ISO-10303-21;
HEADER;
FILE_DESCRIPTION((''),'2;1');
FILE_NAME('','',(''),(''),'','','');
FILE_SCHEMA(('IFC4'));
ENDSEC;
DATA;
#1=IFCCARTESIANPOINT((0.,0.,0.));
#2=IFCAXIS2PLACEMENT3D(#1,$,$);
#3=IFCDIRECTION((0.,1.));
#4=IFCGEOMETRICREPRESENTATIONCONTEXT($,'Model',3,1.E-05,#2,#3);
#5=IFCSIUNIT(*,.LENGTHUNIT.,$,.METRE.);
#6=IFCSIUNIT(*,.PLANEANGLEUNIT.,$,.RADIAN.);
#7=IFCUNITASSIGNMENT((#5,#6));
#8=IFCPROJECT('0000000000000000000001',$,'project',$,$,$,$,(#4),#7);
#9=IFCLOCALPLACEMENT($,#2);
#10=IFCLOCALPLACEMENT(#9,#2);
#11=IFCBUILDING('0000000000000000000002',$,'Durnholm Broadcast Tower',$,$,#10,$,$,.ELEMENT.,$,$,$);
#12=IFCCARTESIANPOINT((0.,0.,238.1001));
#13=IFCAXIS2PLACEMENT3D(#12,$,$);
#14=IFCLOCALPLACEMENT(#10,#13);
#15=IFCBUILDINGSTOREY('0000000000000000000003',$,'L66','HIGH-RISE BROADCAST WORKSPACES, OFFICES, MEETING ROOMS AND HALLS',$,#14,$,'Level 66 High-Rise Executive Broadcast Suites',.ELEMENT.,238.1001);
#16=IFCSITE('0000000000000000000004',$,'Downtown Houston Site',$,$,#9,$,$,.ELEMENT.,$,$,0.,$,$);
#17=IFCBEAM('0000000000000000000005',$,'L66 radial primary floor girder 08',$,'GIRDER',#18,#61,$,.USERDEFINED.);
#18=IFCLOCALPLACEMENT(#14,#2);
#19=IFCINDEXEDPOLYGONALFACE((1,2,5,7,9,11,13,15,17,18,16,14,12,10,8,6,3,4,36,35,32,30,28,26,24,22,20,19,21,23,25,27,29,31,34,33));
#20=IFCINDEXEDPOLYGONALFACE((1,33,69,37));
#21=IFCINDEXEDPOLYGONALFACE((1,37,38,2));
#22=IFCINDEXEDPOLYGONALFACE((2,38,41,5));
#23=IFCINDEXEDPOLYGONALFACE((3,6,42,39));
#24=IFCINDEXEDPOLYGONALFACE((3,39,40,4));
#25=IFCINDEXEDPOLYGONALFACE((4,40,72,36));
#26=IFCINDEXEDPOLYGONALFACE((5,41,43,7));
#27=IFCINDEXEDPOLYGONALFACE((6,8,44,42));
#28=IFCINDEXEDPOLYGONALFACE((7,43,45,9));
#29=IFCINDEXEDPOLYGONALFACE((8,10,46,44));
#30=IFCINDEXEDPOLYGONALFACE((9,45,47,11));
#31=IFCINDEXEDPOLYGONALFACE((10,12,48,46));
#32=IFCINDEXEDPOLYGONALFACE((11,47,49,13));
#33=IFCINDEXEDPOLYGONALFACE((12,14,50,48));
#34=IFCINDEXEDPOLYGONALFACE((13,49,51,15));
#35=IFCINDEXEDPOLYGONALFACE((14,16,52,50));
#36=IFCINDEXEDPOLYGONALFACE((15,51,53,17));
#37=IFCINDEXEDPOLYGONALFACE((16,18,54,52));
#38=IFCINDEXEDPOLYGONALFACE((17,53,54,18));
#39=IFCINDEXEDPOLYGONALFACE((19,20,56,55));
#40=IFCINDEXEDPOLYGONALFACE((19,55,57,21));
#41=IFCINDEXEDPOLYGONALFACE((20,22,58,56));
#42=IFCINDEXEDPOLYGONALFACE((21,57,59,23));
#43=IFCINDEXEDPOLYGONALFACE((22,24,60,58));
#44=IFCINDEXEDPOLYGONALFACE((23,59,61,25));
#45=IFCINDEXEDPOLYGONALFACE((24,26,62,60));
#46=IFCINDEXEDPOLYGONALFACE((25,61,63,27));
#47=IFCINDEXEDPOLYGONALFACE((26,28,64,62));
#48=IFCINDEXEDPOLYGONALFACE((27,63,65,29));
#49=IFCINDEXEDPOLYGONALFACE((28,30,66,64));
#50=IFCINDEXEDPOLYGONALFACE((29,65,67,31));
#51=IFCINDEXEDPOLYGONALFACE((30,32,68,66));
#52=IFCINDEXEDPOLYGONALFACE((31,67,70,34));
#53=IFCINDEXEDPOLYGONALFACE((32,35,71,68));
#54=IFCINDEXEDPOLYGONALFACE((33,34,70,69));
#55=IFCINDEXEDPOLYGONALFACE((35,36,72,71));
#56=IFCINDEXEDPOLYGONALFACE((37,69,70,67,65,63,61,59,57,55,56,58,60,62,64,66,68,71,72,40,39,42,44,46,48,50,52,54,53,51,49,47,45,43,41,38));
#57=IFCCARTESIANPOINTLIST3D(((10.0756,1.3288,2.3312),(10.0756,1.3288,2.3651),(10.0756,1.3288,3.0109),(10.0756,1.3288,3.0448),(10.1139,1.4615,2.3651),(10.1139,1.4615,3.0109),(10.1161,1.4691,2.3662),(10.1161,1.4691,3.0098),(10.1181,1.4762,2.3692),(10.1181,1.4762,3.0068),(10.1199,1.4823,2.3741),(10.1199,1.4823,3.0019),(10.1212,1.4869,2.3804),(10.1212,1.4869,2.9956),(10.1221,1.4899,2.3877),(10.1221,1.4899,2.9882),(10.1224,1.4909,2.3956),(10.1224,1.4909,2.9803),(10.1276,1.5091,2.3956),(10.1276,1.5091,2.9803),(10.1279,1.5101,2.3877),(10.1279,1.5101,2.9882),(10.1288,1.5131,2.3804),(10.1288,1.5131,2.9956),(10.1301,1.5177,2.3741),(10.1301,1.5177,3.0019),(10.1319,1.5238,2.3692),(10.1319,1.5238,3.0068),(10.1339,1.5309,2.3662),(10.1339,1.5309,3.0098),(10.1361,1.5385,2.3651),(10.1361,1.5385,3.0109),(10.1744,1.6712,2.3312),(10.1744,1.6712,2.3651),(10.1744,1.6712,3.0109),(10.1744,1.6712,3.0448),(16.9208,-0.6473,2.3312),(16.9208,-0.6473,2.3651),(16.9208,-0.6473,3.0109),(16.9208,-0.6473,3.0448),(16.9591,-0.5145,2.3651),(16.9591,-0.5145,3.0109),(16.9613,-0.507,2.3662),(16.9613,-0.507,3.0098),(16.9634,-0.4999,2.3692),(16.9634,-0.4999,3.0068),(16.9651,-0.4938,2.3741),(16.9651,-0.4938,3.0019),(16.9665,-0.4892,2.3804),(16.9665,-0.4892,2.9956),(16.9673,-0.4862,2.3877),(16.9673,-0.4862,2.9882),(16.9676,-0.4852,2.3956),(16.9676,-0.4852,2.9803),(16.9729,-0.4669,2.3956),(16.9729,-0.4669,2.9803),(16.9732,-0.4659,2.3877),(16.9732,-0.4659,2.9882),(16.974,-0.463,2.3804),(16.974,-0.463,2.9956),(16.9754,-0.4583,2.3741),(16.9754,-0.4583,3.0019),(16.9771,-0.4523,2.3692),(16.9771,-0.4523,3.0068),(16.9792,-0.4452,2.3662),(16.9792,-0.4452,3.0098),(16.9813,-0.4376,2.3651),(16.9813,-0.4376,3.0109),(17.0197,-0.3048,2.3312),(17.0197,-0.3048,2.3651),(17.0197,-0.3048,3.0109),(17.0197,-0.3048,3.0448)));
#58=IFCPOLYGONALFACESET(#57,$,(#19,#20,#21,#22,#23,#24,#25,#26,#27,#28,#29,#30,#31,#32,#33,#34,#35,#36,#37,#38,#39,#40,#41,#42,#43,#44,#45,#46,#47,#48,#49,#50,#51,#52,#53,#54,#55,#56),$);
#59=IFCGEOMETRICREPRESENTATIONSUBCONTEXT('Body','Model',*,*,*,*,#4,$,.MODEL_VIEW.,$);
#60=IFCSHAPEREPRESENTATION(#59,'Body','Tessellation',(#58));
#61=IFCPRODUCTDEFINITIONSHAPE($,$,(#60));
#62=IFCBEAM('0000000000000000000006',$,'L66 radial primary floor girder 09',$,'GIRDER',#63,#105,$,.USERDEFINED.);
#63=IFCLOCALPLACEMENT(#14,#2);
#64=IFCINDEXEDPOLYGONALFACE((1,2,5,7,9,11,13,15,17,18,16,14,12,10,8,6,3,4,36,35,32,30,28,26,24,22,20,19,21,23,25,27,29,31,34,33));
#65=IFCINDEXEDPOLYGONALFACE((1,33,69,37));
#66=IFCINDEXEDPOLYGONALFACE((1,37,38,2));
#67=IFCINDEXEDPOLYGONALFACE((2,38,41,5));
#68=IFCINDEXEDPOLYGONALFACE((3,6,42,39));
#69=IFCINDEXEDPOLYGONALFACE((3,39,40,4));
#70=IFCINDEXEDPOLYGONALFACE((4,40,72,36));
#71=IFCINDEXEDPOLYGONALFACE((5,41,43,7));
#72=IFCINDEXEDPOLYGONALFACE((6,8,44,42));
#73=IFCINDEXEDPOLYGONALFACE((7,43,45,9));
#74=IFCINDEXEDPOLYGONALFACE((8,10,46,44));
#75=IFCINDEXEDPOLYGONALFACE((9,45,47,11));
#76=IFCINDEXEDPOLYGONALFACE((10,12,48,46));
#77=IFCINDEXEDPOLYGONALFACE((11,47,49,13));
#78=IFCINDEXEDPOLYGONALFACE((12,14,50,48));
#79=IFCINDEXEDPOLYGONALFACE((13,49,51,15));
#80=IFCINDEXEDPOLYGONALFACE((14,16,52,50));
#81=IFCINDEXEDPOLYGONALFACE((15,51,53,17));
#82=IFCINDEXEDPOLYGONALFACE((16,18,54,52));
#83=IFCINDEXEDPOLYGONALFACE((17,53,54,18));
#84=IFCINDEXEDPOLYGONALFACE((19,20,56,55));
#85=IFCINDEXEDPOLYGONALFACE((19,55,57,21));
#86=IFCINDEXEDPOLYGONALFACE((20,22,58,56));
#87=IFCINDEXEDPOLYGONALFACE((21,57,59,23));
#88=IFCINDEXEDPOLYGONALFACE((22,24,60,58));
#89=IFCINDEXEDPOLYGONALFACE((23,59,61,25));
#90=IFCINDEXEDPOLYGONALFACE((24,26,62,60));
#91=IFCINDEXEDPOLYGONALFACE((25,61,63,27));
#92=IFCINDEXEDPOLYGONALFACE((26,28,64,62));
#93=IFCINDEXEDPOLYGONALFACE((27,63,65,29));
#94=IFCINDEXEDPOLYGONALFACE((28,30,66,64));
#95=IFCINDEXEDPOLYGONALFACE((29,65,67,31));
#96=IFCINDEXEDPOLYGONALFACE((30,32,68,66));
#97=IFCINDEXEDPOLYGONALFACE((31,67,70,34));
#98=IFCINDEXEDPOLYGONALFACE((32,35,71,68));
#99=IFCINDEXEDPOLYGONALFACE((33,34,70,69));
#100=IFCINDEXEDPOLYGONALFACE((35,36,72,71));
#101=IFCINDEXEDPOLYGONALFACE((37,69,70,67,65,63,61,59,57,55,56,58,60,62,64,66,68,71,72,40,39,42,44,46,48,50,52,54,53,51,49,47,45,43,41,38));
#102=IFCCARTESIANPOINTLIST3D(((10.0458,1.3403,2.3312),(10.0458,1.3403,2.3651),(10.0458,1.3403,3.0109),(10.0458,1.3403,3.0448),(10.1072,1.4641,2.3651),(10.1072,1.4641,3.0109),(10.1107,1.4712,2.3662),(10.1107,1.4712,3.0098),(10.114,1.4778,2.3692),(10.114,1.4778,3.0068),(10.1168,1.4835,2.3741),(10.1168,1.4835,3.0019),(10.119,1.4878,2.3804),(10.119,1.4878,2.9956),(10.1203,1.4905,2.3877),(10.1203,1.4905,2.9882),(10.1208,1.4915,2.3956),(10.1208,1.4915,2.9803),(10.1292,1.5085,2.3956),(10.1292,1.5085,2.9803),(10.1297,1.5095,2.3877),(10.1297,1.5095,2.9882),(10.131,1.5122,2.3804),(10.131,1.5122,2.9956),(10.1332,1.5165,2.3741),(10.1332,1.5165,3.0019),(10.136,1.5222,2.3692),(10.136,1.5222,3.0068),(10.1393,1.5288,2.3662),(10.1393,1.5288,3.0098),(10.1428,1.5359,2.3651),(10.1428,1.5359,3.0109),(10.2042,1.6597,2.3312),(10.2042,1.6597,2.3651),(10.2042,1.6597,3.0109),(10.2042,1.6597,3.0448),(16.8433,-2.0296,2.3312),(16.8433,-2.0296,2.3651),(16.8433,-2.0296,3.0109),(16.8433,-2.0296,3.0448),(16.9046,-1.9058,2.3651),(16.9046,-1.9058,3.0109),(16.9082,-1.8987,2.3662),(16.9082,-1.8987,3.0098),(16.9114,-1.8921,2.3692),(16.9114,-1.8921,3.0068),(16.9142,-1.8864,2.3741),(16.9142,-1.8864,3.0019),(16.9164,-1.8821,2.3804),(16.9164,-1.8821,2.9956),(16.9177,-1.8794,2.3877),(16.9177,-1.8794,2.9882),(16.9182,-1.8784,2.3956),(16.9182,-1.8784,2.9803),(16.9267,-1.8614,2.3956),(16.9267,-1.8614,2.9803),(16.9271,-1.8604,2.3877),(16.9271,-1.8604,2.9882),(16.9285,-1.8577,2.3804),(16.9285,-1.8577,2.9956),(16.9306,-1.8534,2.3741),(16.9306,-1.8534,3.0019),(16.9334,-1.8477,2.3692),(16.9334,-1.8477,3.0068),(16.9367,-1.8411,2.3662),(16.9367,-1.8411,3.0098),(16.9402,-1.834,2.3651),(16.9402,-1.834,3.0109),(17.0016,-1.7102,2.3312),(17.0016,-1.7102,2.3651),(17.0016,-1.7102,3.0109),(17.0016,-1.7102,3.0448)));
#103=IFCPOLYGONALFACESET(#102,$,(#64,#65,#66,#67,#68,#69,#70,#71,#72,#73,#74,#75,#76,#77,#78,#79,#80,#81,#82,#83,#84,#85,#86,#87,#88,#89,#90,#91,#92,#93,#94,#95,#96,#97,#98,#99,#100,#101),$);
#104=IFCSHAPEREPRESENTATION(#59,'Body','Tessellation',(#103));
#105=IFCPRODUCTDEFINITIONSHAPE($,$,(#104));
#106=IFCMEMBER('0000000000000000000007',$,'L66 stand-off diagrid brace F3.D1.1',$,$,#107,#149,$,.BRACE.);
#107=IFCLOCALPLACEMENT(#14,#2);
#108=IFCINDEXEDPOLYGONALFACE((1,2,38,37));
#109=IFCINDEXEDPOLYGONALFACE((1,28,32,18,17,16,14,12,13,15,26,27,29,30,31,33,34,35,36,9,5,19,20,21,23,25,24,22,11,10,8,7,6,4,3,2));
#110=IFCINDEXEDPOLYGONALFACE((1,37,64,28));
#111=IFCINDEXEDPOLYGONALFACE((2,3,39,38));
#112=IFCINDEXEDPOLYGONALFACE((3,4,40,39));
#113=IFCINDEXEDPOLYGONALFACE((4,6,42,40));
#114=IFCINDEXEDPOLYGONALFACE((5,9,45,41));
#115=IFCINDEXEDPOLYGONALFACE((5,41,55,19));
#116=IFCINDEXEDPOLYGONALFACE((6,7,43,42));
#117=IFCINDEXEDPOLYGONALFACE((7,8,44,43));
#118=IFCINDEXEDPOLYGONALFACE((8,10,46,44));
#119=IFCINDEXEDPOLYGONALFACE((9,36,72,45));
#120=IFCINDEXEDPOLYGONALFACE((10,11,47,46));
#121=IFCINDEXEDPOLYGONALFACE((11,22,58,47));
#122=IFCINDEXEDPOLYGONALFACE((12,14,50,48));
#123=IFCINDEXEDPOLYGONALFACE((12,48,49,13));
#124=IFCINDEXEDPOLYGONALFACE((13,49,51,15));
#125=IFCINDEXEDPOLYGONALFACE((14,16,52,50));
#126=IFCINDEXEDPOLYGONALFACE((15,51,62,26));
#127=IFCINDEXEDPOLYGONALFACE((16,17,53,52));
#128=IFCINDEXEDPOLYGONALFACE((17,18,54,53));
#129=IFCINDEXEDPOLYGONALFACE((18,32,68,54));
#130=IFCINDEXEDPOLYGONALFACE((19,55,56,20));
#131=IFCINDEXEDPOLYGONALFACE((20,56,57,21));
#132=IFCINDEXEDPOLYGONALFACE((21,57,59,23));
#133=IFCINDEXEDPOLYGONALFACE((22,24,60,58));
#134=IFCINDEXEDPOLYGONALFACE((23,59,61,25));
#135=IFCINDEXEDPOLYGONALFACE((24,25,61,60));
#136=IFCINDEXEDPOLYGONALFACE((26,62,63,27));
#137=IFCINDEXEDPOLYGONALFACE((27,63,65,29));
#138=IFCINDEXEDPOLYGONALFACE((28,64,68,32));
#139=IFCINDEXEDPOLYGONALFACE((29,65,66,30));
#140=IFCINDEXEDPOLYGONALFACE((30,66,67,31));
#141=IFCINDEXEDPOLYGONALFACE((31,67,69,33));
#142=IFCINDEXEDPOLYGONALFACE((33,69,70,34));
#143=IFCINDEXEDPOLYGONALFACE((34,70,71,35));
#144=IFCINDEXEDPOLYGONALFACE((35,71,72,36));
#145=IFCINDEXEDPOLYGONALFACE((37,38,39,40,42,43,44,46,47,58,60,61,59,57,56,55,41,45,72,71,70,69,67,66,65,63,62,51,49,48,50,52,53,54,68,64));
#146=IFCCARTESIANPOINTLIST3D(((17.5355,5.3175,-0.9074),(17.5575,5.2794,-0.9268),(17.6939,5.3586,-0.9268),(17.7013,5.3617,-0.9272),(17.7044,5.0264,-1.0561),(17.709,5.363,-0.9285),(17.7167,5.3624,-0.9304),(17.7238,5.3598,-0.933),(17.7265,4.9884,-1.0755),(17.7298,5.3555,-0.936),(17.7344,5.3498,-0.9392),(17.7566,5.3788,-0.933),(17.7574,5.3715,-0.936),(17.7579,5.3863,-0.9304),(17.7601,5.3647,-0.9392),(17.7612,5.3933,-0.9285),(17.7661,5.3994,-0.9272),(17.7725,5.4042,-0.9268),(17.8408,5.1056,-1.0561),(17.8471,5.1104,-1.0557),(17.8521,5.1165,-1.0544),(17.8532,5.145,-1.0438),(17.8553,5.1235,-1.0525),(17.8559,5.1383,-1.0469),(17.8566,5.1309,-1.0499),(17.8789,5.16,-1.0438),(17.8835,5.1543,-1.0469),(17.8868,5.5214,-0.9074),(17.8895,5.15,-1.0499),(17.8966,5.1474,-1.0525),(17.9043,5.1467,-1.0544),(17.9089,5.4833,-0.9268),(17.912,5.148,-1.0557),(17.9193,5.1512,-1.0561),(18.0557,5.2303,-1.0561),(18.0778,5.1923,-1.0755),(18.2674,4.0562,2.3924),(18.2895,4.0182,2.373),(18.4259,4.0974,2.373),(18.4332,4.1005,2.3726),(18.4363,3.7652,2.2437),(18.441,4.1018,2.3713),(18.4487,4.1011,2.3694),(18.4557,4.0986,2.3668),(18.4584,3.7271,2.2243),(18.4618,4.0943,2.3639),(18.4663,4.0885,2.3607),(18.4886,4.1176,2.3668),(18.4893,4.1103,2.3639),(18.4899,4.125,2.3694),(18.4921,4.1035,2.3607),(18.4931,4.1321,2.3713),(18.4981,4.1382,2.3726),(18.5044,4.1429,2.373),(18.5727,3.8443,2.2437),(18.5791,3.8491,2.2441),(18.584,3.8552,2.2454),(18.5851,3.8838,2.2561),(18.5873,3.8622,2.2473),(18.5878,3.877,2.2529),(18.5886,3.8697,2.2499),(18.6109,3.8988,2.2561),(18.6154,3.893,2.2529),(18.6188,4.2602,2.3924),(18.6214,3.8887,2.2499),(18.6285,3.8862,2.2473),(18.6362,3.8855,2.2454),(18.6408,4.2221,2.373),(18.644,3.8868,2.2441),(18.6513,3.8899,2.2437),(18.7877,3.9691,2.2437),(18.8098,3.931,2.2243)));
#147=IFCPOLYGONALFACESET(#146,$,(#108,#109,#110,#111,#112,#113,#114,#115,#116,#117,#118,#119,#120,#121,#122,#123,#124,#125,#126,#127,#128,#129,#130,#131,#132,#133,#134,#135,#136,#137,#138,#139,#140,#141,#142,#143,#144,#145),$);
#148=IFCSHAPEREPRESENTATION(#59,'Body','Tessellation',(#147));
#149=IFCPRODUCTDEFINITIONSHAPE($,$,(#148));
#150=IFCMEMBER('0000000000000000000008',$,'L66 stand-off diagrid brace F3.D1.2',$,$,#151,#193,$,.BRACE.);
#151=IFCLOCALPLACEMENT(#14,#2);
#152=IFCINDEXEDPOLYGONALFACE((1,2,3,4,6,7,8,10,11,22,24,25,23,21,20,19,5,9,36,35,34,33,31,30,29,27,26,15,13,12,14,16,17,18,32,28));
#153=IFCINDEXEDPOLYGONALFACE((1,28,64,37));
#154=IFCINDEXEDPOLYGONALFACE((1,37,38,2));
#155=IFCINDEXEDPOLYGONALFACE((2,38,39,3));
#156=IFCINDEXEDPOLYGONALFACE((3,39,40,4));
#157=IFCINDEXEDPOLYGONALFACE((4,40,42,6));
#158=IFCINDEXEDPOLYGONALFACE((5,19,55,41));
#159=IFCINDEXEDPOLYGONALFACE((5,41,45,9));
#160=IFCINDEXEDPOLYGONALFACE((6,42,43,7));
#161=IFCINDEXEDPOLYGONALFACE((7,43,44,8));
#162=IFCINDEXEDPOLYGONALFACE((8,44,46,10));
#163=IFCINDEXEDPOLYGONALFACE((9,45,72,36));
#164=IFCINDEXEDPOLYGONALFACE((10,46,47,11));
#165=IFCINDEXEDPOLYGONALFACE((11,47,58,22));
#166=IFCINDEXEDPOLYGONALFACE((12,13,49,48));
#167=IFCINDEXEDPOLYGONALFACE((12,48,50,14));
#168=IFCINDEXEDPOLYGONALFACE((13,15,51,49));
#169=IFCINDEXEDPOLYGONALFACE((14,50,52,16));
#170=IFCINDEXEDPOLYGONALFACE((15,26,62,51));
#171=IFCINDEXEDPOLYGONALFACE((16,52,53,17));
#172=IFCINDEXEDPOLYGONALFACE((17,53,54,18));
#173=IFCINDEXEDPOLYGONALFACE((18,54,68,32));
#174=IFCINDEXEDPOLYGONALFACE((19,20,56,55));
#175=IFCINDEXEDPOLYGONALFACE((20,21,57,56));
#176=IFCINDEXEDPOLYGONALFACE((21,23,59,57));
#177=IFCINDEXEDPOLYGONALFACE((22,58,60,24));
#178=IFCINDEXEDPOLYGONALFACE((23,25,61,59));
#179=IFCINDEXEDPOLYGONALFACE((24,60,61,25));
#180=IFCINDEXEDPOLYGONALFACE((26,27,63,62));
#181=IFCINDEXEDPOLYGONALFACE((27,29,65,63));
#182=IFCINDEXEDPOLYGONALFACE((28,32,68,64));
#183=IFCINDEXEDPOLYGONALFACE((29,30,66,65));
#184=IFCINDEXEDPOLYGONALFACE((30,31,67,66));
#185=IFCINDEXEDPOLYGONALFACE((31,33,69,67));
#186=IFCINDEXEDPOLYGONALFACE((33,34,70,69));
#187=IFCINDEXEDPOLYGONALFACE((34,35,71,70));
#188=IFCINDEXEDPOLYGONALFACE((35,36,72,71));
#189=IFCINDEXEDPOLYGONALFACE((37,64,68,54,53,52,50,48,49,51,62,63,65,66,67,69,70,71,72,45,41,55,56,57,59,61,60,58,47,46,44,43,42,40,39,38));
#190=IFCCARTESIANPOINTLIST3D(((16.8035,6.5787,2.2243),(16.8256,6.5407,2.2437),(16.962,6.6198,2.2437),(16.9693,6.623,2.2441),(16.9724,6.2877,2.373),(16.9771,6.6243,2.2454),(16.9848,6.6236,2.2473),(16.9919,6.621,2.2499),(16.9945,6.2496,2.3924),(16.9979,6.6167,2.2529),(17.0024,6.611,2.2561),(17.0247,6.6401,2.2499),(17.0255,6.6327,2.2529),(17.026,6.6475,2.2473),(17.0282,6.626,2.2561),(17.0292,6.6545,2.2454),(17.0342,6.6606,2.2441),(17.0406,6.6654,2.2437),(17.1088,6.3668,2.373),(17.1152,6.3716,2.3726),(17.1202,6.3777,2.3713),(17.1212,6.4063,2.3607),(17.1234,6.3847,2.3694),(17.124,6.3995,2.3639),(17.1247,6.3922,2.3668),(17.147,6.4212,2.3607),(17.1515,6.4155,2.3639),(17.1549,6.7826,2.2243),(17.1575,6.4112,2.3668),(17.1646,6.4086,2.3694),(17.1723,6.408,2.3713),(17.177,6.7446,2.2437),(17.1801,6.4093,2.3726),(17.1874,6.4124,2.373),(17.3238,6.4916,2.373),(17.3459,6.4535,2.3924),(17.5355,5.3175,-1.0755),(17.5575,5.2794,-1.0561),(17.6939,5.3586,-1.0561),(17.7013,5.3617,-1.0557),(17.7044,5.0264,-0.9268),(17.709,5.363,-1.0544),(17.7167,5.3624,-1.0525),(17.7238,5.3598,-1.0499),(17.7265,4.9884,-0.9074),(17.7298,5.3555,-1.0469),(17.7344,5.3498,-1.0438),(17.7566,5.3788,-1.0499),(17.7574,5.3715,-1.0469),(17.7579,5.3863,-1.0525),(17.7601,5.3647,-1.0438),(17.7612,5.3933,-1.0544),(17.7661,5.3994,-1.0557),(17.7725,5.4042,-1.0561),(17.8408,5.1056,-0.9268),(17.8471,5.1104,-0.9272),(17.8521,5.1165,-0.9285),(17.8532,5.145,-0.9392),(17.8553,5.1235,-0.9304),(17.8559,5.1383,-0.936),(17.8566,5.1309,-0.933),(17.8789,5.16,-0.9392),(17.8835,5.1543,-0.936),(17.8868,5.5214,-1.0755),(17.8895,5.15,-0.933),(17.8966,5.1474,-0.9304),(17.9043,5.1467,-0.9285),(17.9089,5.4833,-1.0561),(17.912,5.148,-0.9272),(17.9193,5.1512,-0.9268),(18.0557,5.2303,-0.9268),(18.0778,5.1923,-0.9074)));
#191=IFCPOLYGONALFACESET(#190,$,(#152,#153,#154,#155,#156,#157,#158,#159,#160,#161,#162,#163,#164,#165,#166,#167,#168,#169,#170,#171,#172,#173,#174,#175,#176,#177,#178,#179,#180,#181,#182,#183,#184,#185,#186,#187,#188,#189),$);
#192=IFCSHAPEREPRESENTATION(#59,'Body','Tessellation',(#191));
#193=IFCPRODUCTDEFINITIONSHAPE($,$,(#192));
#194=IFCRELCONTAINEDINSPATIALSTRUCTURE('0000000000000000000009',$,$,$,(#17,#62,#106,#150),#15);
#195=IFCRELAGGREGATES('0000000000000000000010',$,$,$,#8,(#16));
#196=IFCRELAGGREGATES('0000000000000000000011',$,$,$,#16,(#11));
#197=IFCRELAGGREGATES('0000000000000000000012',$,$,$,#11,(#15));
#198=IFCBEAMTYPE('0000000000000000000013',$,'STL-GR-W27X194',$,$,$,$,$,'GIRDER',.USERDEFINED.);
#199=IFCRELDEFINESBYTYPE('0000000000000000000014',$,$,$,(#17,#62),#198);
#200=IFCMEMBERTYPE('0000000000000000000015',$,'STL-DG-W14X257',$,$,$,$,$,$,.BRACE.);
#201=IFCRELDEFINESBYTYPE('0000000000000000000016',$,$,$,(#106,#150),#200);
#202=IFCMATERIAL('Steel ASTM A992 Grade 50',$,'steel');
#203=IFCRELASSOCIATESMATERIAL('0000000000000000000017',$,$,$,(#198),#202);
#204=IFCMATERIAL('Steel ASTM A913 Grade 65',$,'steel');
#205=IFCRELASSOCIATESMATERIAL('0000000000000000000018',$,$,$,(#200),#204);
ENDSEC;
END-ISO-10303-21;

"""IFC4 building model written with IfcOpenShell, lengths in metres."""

from ifc_helpers import new_model, si_unit, direction, frame, origin, origin_2d, place, context, subcontext, project, spatial, i_section, extrude, source, transform, mapped, material, material_profile, profile_set, type_object, type_shapes, element, save


model = new_model("IFC4")

# Units and contexts
model_context = context("Model", 3, precision=1e-05, world=origin(), true_north=direction((0.0, 1.0)))
body_context = subcontext(model_context, "Body", "Model", "MODEL_VIEW")
ifc_project = project(units=[si_unit("LENGTHUNIT", "METRE"), si_unit("PLANEANGLEUNIT", "RADIAN")], contexts=[model_context])

# Site, building, storey
site_placement = place(None, origin())
site = spatial("IfcSite", under=ifc_project, at=site_placement, Name="Downtown Houston Site", CompositionType="ELEMENT", RefElevation=0.0)
building_placement = place(site_placement, origin())
building = spatial("IfcBuilding", under=site, at=building_placement, Name="Durnholm Broadcast Tower", CompositionType="ELEMENT")
storey_placement = place(building_placement, frame((0.0, 0.0, 238.1001)))
storey = spatial("IfcBuildingStorey", under=building, at=storey_placement, Name="L66", Description="HIGH-RISE BROADCAST WORKSPACES, OFFICES, MEETING ROOMS AND HALLS", LongName="Level 66 High-Rise Executive Broadcast Suites", CompositionType="ELEMENT", Elevation=238.1001)

# Beams
ifc_material_1 = material(Name="Steel ASTM A992 Grade 50", Category="steel")
ifc_material_profile_1 = material_profile(ifc_material_1, i_section(OverallWidth=0.3564, OverallDepth=0.7136, WebThickness=0.019, FlangeThickness=0.0339, FilletRadius=0.0305, at=origin_2d()), Name="W27X194")
ifc_profile_set_1 = profile_set([ifc_material_profile_1], Name="Steel ASTM A992 Grade 50")
beam_type_1 = type_object("IfcBeamType", Name="STL-GR-W27X194", ElementType="GIRDER", PredefinedType="USERDEFINED", material=ifc_profile_set_1)
shared_shape_1 = source(origin(), body_context, "Body", "SweptSolid", [
    extrude(i_section(OverallWidth=0.3564, OverallDepth=0.7136, WebThickness=0.019, FlangeThickness=0.0339, FilletRadius=0.0305, at=origin_2d()), origin(), (0.0, 0.0, 1.0), 7.1248),
])
beam_1_placement = place(storey_placement, frame((10.125, 1.5, 2.688), z_axis=(0.960768, -0.277354, 0.0), x_axis=(0.277354, 0.960768, 0.0)))
element("IfcBeam", 1, at=beam_1_placement, inside=storey, type_object=beam_type_1, Name="L66 radial primary floor girder 08", ObjectType="GIRDER", PredefinedType="USERDEFINED", context=body_context, shape_type="MappedRepresentation", body=[
    mapped(shared_shape_1, transform((0.0, 0.0, 0.0), x_axis=(1.0, 0.0, 0.0), y_axis=(0.0, 1.0, 0.0), z_axis=(0.0, 0.0, 1.0), scale=1.0)),
])
shared_shape_2 = source(origin(), body_context, "Body", "SweptSolid", [
    extrude(i_section(OverallWidth=0.3564, OverallDepth=0.7136, WebThickness=0.019, FlangeThickness=0.0339, FilletRadius=0.0305, at=origin_2d()), origin(), (0.0, 0.0, 1.0), 7.5869),
])
type_shapes(beam_type_1, [shared_shape_1, shared_shape_2])
beam_2_placement = place(storey_placement, frame((10.125, 1.5, 2.688), z_axis=(0.895941, -0.444173, 0.0), x_axis=(0.444173, 0.895941, 0.0)))
element("IfcBeam", 2, at=beam_2_placement, inside=storey, type_object=beam_type_1, Name="L66 radial primary floor girder 09", ObjectType="GIRDER", PredefinedType="USERDEFINED", context=body_context, shape_type="MappedRepresentation", body=[
    mapped(shared_shape_2, transform((0.0, 0.0, 0.0), x_axis=(1.0, 0.0, 0.0), y_axis=(0.0, 1.0, 0.0), z_axis=(0.0, 0.0, 1.0), scale=1.0)),
])

# Members
ifc_material_2 = material(Name="Steel ASTM A913 Grade 65", Category="steel")
ifc_material_profile_2 = material_profile(ifc_material_2, i_section(OverallWidth=0.4062, OverallDepth=0.416, WebThickness=0.0298, FlangeThickness=0.0481, FilletRadius=0.0305, at=origin_2d()), Name="W14X257")
ifc_profile_set_2 = profile_set([ifc_material_profile_2], Name="Steel ASTM A913 Grade 65")
member_type_1 = type_object("IfcMemberType", Name="STL-DG-W14X257", PredefinedType="BRACE", material=ifc_profile_set_2)
shared_shape_3 = source(origin(), body_context, "Body", "SweptSolid", [
    extrude(i_section(OverallWidth=0.4062, OverallDepth=0.416, WebThickness=0.0298, FlangeThickness=0.0481, FilletRadius=0.0305, at=origin_2d()), origin(), (0.0, 0.0, 1.0), 3.6077),
])
type_shapes(member_type_1, [shared_shape_3])
for number, where, z_axis, x_axis, name in (
    (3, (17.8066, 5.2549, -0.9915), (0.202884, -0.349599, 0.914669), (0.864906, 0.501934, 0.0), "L66 stand-off diagrid brace F3.D1.1"),
    (4, (17.8066, 5.2549, -0.9915), (-0.202884, 0.349599, 0.914669), (-0.864906, -0.501934, 0.0), "L66 stand-off diagrid brace F3.D1.2"),
):
    element("IfcMember", number, at=place(storey_placement, frame(where, z_axis=z_axis, x_axis=x_axis)), inside=storey, type_object=member_type_1, Name=name, PredefinedType="BRACE", context=body_context, shape_type="MappedRepresentation", body=[
        mapped(shared_shape_3, transform((0.0, 0.0, 0.0), x_axis=(1.0, 0.0, 0.0), y_axis=(0.0, 1.0, 0.0), z_axis=(0.0, 0.0, 1.0), scale=1.0)),
    ])

save(model, "model.ifc")
